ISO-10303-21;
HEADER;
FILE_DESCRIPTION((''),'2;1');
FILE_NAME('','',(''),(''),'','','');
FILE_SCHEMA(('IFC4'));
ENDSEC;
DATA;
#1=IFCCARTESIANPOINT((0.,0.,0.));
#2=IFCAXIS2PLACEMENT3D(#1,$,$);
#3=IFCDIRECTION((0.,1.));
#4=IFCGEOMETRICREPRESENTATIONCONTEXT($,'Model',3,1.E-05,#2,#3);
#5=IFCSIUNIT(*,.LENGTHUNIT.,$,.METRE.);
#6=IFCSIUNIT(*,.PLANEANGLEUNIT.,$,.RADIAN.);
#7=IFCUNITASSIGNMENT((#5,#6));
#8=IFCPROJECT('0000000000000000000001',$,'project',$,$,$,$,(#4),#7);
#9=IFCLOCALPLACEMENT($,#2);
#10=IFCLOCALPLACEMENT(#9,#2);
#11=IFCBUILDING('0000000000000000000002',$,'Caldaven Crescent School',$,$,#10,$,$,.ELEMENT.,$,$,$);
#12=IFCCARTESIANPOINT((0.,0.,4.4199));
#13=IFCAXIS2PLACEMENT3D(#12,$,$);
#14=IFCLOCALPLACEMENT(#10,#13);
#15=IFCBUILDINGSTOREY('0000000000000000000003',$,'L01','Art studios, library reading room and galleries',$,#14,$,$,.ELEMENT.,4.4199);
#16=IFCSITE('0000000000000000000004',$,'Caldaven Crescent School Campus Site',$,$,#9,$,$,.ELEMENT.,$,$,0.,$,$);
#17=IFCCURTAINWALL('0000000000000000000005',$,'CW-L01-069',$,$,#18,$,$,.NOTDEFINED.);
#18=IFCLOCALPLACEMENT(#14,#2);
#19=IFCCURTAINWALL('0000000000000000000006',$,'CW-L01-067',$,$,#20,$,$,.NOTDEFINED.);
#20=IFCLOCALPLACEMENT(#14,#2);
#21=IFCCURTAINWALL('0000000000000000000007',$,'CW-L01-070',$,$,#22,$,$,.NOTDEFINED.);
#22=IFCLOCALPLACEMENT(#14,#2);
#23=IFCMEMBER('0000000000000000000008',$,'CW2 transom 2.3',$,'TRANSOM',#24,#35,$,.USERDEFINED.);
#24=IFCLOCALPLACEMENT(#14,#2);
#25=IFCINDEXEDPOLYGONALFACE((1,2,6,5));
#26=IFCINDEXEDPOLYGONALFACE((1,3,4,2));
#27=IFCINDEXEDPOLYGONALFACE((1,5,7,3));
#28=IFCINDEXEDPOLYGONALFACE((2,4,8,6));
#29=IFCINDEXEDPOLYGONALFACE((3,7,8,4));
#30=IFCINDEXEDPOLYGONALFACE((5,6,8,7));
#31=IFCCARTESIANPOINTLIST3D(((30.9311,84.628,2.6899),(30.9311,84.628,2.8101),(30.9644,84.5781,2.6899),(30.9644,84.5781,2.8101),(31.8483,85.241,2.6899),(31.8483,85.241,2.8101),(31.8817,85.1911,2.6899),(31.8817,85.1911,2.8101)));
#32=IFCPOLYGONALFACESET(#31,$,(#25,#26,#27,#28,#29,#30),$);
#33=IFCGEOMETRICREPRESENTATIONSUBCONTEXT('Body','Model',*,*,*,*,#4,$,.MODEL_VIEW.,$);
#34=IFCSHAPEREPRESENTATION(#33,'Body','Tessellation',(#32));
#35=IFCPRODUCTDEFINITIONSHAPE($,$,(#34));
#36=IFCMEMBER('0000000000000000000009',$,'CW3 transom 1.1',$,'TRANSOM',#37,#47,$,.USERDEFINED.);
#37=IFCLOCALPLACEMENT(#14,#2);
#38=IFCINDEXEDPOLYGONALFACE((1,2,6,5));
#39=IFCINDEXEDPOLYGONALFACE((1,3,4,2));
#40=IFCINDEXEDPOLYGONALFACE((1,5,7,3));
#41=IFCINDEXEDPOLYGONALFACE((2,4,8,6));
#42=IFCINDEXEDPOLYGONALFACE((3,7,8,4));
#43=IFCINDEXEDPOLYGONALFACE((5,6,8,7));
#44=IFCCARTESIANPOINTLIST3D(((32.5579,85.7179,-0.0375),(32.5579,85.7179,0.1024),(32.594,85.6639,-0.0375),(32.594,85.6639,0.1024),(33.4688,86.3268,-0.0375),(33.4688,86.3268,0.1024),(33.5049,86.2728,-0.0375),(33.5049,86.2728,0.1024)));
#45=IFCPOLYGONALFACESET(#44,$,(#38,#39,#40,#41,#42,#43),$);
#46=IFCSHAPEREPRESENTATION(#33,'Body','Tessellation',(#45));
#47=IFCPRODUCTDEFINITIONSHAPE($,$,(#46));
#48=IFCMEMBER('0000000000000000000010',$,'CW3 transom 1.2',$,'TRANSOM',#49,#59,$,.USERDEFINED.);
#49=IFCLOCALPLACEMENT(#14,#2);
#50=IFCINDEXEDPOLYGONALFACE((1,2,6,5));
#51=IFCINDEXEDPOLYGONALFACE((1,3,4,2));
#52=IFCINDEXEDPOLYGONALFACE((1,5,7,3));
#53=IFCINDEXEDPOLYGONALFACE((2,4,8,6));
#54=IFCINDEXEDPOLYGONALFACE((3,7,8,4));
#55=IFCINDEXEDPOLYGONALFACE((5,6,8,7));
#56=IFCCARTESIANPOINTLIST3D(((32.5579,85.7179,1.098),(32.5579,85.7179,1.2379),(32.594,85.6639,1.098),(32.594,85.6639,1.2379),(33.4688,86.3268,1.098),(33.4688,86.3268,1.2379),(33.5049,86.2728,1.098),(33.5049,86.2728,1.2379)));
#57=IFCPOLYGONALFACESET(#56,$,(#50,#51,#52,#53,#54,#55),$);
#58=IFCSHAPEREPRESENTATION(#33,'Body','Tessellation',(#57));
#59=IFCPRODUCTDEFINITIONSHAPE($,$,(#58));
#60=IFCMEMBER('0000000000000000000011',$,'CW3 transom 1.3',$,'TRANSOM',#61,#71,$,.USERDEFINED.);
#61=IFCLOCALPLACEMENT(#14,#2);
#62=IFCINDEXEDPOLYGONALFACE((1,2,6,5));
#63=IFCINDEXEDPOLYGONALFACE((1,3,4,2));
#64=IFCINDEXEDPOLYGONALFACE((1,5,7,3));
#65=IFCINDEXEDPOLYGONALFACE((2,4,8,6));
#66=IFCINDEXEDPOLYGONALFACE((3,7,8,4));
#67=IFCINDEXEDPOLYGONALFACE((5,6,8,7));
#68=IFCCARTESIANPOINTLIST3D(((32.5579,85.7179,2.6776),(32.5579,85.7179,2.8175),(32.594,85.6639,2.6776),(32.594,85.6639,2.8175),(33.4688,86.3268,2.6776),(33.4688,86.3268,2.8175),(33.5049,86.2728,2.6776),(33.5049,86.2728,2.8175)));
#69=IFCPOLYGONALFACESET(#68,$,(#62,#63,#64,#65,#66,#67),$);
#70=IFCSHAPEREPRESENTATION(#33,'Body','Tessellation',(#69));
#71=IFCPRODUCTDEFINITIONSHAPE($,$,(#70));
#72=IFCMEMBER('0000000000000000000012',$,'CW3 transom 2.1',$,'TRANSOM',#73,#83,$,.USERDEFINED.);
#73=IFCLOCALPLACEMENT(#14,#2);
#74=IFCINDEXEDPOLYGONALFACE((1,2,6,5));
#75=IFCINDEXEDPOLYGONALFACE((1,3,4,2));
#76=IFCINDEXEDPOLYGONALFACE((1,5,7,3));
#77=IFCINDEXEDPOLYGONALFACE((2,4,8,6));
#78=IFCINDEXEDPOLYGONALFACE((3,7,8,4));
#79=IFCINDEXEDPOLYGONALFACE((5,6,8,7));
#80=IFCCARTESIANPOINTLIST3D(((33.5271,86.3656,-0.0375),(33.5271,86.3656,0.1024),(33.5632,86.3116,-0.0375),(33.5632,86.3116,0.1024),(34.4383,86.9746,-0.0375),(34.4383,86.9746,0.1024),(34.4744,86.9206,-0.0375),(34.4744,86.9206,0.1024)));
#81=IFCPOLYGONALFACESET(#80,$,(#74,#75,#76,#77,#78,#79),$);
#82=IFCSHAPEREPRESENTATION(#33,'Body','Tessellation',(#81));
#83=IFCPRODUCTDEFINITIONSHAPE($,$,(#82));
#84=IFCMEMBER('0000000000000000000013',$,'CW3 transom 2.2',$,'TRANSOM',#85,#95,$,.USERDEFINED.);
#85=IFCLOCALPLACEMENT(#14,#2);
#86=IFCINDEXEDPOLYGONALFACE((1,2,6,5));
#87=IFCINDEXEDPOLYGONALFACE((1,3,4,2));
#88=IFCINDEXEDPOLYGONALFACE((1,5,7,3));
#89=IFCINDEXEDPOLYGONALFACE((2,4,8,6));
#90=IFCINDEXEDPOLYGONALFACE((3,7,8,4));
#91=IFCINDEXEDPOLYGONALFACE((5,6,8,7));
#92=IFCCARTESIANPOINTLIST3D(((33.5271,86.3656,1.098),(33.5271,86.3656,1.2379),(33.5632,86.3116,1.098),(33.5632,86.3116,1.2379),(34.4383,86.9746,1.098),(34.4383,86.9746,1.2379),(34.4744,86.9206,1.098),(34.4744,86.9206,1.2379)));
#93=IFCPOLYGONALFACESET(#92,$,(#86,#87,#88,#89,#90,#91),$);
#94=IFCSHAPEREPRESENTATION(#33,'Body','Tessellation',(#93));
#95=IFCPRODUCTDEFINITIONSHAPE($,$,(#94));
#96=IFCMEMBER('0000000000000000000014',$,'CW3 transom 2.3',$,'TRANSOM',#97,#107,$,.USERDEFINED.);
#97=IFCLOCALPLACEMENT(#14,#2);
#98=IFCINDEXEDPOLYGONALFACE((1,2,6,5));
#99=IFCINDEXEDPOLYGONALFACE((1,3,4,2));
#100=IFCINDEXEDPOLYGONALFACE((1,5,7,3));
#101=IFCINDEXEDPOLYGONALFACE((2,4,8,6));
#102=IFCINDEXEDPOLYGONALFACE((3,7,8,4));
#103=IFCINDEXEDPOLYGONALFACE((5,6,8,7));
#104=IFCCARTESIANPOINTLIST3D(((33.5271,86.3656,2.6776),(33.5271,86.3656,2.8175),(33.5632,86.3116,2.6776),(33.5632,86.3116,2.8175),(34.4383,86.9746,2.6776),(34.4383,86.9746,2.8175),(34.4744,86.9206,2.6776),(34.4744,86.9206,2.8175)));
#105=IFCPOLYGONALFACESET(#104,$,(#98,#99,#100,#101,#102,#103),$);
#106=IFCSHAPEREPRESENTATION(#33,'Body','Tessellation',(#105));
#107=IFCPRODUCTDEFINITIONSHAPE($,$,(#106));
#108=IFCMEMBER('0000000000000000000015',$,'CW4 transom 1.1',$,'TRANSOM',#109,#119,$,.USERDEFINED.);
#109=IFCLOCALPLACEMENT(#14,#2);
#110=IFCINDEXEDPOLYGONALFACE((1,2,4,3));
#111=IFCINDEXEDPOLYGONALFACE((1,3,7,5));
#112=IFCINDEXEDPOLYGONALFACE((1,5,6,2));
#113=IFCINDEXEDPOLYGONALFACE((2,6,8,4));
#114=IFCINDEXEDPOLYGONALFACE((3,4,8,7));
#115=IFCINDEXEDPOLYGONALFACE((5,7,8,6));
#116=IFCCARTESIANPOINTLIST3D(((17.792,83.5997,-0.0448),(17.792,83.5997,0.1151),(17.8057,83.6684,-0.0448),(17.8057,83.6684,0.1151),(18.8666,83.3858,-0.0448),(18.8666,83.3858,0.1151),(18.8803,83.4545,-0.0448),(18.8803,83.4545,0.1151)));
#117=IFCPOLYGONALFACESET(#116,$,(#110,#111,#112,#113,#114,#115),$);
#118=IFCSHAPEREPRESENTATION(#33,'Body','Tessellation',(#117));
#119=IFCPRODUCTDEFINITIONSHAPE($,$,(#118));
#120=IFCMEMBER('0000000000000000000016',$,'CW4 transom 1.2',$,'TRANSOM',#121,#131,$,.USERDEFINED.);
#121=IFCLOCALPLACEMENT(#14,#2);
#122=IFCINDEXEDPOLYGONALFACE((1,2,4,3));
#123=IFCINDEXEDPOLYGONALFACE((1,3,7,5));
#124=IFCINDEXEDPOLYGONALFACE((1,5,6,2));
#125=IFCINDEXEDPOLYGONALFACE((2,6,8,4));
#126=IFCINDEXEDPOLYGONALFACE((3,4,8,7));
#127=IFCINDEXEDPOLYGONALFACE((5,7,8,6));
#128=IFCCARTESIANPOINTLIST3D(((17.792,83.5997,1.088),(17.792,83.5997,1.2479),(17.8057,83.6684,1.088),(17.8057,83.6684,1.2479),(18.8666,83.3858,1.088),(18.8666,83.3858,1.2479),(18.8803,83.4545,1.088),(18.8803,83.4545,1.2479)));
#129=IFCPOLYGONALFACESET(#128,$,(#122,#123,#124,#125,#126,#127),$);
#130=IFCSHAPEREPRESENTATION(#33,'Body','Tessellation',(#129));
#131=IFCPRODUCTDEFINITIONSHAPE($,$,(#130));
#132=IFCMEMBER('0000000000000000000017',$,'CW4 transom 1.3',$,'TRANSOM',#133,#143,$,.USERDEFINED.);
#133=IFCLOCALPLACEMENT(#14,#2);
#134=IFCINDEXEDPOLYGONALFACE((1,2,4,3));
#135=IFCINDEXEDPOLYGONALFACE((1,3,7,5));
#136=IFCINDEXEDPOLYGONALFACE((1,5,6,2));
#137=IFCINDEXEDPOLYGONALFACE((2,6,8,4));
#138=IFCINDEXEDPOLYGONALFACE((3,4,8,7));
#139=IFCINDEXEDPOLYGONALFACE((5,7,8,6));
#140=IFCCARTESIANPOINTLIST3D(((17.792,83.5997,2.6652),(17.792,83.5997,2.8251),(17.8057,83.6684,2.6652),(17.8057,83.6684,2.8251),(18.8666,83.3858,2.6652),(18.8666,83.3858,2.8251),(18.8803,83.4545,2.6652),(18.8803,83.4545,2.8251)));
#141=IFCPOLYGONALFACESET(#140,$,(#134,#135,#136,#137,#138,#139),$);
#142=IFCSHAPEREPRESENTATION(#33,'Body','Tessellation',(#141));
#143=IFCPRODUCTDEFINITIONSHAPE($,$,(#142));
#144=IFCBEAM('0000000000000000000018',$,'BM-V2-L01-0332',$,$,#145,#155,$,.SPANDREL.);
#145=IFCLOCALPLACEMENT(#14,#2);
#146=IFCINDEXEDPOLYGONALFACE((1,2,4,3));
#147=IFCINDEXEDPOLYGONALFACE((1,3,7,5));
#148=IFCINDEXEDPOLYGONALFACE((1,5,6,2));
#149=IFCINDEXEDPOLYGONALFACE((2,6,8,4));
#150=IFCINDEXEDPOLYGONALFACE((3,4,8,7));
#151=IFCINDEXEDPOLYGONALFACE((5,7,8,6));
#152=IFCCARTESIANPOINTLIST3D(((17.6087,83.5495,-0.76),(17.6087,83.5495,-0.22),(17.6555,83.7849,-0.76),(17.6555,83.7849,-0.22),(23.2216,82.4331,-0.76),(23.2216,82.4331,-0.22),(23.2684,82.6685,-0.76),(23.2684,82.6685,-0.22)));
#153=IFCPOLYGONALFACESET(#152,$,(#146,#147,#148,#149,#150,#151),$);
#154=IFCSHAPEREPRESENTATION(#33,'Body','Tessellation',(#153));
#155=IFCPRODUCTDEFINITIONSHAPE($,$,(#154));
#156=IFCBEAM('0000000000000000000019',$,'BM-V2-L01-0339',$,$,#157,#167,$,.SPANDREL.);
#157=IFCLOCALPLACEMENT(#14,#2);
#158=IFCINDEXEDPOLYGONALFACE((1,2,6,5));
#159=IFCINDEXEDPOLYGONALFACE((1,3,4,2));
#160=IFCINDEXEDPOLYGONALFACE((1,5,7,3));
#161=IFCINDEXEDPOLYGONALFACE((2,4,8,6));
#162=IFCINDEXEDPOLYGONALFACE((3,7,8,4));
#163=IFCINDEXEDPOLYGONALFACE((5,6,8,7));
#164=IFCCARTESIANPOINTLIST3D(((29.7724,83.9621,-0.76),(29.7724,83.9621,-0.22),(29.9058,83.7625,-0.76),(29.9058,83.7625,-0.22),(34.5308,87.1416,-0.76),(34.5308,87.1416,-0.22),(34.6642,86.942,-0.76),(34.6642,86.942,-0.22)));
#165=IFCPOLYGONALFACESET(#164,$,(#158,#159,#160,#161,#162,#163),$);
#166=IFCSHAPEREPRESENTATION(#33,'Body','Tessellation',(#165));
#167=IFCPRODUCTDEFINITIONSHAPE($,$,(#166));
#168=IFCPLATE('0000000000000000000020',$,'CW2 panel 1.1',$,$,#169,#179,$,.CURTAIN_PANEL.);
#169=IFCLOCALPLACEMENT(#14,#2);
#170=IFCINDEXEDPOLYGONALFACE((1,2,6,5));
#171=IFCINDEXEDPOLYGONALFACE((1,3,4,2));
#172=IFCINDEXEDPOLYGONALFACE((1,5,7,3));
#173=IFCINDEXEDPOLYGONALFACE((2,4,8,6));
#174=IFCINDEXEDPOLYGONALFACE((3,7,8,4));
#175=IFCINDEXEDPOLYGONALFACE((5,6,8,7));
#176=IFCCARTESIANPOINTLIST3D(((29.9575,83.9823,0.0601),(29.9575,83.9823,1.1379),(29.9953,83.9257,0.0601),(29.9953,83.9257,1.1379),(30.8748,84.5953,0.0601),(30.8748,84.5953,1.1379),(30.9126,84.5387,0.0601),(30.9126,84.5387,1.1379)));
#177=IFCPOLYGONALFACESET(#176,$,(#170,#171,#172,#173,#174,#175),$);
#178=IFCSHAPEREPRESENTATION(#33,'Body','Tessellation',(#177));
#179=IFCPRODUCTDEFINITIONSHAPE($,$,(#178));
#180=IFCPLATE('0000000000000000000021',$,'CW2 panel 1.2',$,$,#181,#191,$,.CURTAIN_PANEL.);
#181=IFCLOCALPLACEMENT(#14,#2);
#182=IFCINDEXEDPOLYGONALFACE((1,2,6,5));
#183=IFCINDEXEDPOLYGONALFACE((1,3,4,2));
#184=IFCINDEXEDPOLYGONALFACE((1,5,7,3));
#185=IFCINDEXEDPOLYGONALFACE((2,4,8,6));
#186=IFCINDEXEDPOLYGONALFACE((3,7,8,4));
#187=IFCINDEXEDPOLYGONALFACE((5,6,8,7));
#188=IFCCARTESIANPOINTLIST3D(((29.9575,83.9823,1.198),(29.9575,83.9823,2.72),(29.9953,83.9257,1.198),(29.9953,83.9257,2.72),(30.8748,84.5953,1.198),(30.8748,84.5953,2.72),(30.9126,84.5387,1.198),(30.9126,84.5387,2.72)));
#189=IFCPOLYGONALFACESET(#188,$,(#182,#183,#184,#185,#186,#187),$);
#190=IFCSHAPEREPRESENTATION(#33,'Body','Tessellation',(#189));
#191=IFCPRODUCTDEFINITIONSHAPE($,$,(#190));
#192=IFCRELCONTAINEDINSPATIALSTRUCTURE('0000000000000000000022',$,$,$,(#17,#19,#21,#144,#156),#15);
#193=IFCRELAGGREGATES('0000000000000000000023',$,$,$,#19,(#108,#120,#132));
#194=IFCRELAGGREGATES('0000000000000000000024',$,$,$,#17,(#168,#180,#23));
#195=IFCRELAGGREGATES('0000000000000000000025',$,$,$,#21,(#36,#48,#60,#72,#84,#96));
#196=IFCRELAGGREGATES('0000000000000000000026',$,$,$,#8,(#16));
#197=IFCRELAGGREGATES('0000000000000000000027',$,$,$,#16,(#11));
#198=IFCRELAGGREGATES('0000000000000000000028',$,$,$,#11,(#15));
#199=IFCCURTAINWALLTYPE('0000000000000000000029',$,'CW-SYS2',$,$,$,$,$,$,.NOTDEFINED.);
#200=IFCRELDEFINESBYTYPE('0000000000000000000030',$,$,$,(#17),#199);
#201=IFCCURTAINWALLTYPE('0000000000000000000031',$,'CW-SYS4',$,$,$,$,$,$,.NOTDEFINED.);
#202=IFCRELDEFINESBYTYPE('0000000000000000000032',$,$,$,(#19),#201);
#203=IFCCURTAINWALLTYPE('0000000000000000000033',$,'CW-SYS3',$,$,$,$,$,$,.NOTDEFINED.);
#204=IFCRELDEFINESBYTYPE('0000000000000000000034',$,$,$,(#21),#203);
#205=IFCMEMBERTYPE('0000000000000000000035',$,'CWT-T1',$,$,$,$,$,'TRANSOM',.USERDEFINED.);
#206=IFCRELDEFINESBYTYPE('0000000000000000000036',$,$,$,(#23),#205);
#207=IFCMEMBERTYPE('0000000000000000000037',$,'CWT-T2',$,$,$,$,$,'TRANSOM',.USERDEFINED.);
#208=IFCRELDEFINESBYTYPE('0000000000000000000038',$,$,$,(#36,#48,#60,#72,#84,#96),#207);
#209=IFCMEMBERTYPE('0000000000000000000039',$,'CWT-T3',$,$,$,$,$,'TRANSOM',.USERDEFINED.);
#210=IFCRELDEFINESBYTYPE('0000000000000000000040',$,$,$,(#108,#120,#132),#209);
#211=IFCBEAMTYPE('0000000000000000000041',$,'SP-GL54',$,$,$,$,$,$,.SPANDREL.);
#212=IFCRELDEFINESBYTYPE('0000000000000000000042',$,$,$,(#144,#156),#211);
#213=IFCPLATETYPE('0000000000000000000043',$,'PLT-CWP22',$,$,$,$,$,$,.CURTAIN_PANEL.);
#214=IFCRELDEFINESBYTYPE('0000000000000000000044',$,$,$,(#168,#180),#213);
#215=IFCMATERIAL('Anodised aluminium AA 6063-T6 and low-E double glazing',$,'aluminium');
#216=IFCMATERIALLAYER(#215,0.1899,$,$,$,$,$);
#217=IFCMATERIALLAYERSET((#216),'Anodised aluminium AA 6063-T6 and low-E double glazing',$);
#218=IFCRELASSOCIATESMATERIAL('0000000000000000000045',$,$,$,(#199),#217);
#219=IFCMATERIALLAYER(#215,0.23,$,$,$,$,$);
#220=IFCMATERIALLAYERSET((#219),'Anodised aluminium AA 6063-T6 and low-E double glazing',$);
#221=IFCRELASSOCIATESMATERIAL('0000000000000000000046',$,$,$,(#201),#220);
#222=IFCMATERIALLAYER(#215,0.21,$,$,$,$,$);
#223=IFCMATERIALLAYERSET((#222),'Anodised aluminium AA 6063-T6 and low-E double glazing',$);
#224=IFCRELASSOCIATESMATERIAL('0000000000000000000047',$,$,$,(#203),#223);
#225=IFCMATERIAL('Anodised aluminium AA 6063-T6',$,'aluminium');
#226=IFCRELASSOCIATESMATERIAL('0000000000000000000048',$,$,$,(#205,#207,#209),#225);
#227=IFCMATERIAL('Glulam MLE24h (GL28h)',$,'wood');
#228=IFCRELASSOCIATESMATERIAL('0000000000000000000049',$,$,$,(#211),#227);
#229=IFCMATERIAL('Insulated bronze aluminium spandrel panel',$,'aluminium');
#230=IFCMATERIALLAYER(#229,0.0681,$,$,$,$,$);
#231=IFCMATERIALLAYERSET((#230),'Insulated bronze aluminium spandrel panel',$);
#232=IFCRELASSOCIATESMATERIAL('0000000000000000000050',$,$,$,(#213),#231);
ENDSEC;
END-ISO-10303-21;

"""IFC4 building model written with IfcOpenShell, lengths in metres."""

from ifc_helpers import new_model, si_unit, direction, frame, origin, origin_2d, place, context, subcontext, project, spatial, rectangle, extrude, material, layer, layer_set, material_profile, profile_set, type_object, element, aggregate, save


model = new_model("IFC4")

# Units and contexts
model_context = context("Model", 3, precision=1e-05, world=origin(), true_north=direction((0.0, 1.0)))
body_context = subcontext(model_context, "Body", "Model", "MODEL_VIEW")
ifc_project = project(units=[si_unit("LENGTHUNIT", "METRE"), si_unit("PLANEANGLEUNIT", "RADIAN")], contexts=[model_context])

# Site, building, storey
site_placement = place(None, origin())
site = spatial("IfcSite", under=ifc_project, at=site_placement, Name="Caldaven Crescent School Campus Site", CompositionType="ELEMENT", RefElevation=0.0)
building_placement = place(site_placement, origin())
building = spatial("IfcBuilding", under=site, at=building_placement, Name="Caldaven Crescent School", CompositionType="ELEMENT")
storey_placement = place(building_placement, frame((0.0, 0.0, 4.4199)))
storey = spatial("IfcBuildingStorey", under=building, at=storey_placement, Name="L01", Description="Art studios, library reading room and galleries", CompositionType="ELEMENT", Elevation=4.4199)

# Curtain wall
ifc_material_1 = material(Name="Anodised aluminium AA 6063-T6 and low-E double glazing", Category="aluminium")
ifc_layer_1 = layer(ifc_material_1, 0.1899)
ifc_layer_set_1 = layer_set([ifc_layer_1], Name="Anodised aluminium AA 6063-T6 and low-E double glazing")
curtain_wall_type_1 = type_object("IfcCurtainWallType", Name="CW-SYS2", PredefinedType="NOTDEFINED", material=ifc_layer_set_1)
curtain_wall_1_placement = place(storey_placement, origin())
curtain_wall_1 = element("IfcCurtainWall", 1, at=curtain_wall_1_placement, inside=storey, type_object=curtain_wall_type_1, Name="CW-L01-069", PredefinedType="NOTDEFINED")
ifc_material_2 = material(Name="Anodised aluminium AA 6063-T6", Category="aluminium")

# Curtain wall
ifc_layer_2 = layer(ifc_material_1, 0.23)
ifc_layer_set_2 = layer_set([ifc_layer_2], Name="Anodised aluminium AA 6063-T6 and low-E double glazing")
curtain_wall_type_2 = type_object("IfcCurtainWallType", Name="CW-SYS4", PredefinedType="NOTDEFINED", material=ifc_layer_set_2)
curtain_wall_2_placement = place(storey_placement, origin())
curtain_wall_2 = element("IfcCurtainWall", 2, at=curtain_wall_2_placement, inside=storey, type_object=curtain_wall_type_2, Name="CW-L01-067", PredefinedType="NOTDEFINED")

# Curtain wall
ifc_layer_3 = layer(ifc_material_1, 0.21)
ifc_layer_set_3 = layer_set([ifc_layer_3], Name="Anodised aluminium AA 6063-T6 and low-E double glazing")
curtain_wall_type_3 = type_object("IfcCurtainWallType", Name="CW-SYS3", PredefinedType="NOTDEFINED", material=ifc_layer_set_3)
curtain_wall_3_placement = place(storey_placement, origin())
curtain_wall_3 = element("IfcCurtainWall", 3, at=curtain_wall_3_placement, inside=storey, type_object=curtain_wall_type_3, Name="CW-L01-070", PredefinedType="NOTDEFINED")

# Members
ifc_material_profile_1 = material_profile(ifc_material_2, rectangle(XDim=0.0601, YDim=0.1201, at=origin_2d()), Name="CWT 60x120")
ifc_profile_set_1 = profile_set([ifc_material_profile_1], Name="Anodised aluminium AA 6063-T6")
member_type_1 = type_object("IfcMemberType", Name="CWT-T1", ElementType="TRANSOM", PredefinedType="USERDEFINED", material=ifc_profile_set_1)
member_1_placement = place(storey_placement, frame((30.9478, 84.603, 2.75), z_axis=(0.831403, 0.55567, 0.0), x_axis=(-0.55567, 0.831403, 0.0)))
member_1 = element("IfcMember", 4, at=member_1_placement, type_object=member_type_1, Name="CW2 transom 2.3", ObjectType="TRANSOM", PredefinedType="USERDEFINED", context=body_context, shape_type="SweptSolid", body=[
    extrude(rectangle(XDim=0.0601, YDim=0.1201, at=origin_2d()), origin(), (0.0, 0.0, 1.0), 1.1033),
])
ifc_material_profile_2 = material_profile(ifc_material_2, rectangle(XDim=0.0649, YDim=0.1399, at=origin_2d()), Name="CWT 65x140")
ifc_profile_set_2 = profile_set([ifc_material_profile_2], Name="Anodised aluminium AA 6063-T6")
member_type_2 = type_object("IfcMemberType", Name="CWT-T2", ElementType="TRANSOM", PredefinedType="USERDEFINED", material=ifc_profile_set_2)
member_2_placement = place(storey_placement, frame((32.5759, 85.6909, 0.0325), z_axis=(0.831364, 0.555728, 0.0), x_axis=(-0.555728, 0.831364, 0.0)))
member_2 = element("IfcMember", 5, at=member_2_placement, type_object=member_type_2, Name="CW3 transom 1.1", ObjectType="TRANSOM", PredefinedType="USERDEFINED", context=body_context, shape_type="SweptSolid", body=[
    extrude(rectangle(XDim=0.0649, YDim=0.1399, at=origin_2d()), origin(), (0.0, 0.0, 1.0), 1.0957),
])
member_3_placement = place(storey_placement, frame((32.5759, 85.6909, 1.168), z_axis=(0.831364, 0.555728, 0.0), x_axis=(-0.555728, 0.831364, 0.0)))
member_3 = element("IfcMember", 6, at=member_3_placement, type_object=member_type_2, Name="CW3 transom 1.2", ObjectType="TRANSOM", PredefinedType="USERDEFINED", context=body_context, shape_type="SweptSolid", body=[
    extrude(rectangle(XDim=0.0649, YDim=0.1399, at=origin_2d()), origin(), (0.0, 0.0, 1.0), 1.0957),
])
member_4_placement = place(storey_placement, frame((32.5759, 85.6909, 2.7476), z_axis=(0.831364, 0.555728, 0.0), x_axis=(-0.555728, 0.831364, 0.0)))
member_4 = element("IfcMember", 7, at=member_4_placement, type_object=member_type_2, Name="CW3 transom 1.3", ObjectType="TRANSOM", PredefinedType="USERDEFINED", context=body_context, shape_type="SweptSolid", body=[
    extrude(rectangle(XDim=0.0649, YDim=0.1399, at=origin_2d()), origin(), (0.0, 0.0, 1.0), 1.0957),
])
member_5_placement = place(storey_placement, frame((33.5452, 86.3386, 0.0325), z_axis=(0.831433, 0.555625, 0.0), x_axis=(-0.555625, 0.831433, 0.0)))
member_5 = element("IfcMember", 8, at=member_5_placement, type_object=member_type_2, Name="CW3 transom 2.1", ObjectType="TRANSOM", PredefinedType="USERDEFINED", context=body_context, shape_type="SweptSolid", body=[
    extrude(rectangle(XDim=0.0649, YDim=0.1399, at=origin_2d()), origin(), (0.0, 0.0, 1.0), 1.0959),
])
member_6_placement = place(storey_placement, frame((33.5452, 86.3386, 1.168), z_axis=(0.831433, 0.555625, 0.0), x_axis=(-0.555625, 0.831433, 0.0)))
member_6 = element("IfcMember", 9, at=member_6_placement, type_object=member_type_2, Name="CW3 transom 2.2", ObjectType="TRANSOM", PredefinedType="USERDEFINED", context=body_context, shape_type="SweptSolid", body=[
    extrude(rectangle(XDim=0.0649, YDim=0.1399, at=origin_2d()), origin(), (0.0, 0.0, 1.0), 1.0959),
])
member_7_placement = place(storey_placement, frame((33.5452, 86.3386, 2.7476), z_axis=(0.831433, 0.555625, 0.0), x_axis=(-0.555625, 0.831433, 0.0)))
member_7 = element("IfcMember", 10, at=member_7_placement, type_object=member_type_2, Name="CW3 transom 2.3", ObjectType="TRANSOM", PredefinedType="USERDEFINED", context=body_context, shape_type="SweptSolid", body=[
    extrude(rectangle(XDim=0.0649, YDim=0.1399, at=origin_2d()), origin(), (0.0, 0.0, 1.0), 1.0959),
])
ifc_material_profile_3 = material_profile(ifc_material_2, rectangle(XDim=0.0701, YDim=0.1599, at=origin_2d()), Name="CWT 70x160")
ifc_profile_set_3 = profile_set([ifc_material_profile_3], Name="Anodised aluminium AA 6063-T6")
member_type_3 = type_object("IfcMemberType", Name="CWT-T3", ElementType="TRANSOM", PredefinedType="USERDEFINED", material=ifc_profile_set_3)
member_8_placement = place(storey_placement, frame((17.7988, 83.634, 0.0352), z_axis=(0.980769, -0.195173, 0.0), x_axis=(0.195173, 0.980769, 0.0)))
member_8 = element("IfcMember", 11, at=member_8_placement, type_object=member_type_3, Name="CW4 transom 1.1", ObjectType="TRANSOM", PredefinedType="USERDEFINED", context=body_context, shape_type="SweptSolid", body=[
    extrude(rectangle(XDim=0.0701, YDim=0.1599, at=origin_2d()), origin(), (0.0, 0.0, 1.0), 1.0957),
])
member_9_placement = place(storey_placement, frame((17.7988, 83.634, 1.168), z_axis=(0.980769, -0.195173, 0.0), x_axis=(0.195173, 0.980769, 0.0)))
member_9 = element("IfcMember", 12, at=member_9_placement, type_object=member_type_3, Name="CW4 transom 1.2", ObjectType="TRANSOM", PredefinedType="USERDEFINED", context=body_context, shape_type="SweptSolid", body=[
    extrude(rectangle(XDim=0.0701, YDim=0.1599, at=origin_2d()), origin(), (0.0, 0.0, 1.0), 1.0957),
])
member_10_placement = place(storey_placement, frame((17.7988, 83.634, 2.7451), z_axis=(0.980769, -0.195173, 0.0), x_axis=(0.195173, 0.980769, 0.0)))
member_10 = element("IfcMember", 13, at=member_10_placement, type_object=member_type_3, Name="CW4 transom 1.3", ObjectType="TRANSOM", PredefinedType="USERDEFINED", context=body_context, shape_type="SweptSolid", body=[
    extrude(rectangle(XDim=0.0701, YDim=0.1599, at=origin_2d()), origin(), (0.0, 0.0, 1.0), 1.0957),
])
aggregate(curtain_wall_2, [member_8, member_9, member_10])

# Beams
ifc_material_3 = material(Name="Glulam MLE24h (GL28h)", Category="wood")
ifc_material_profile_4 = material_profile(ifc_material_3, rectangle(XDim=0.24, YDim=0.54, at=origin_2d()), Name="MLE 240x540")
ifc_profile_set_4 = profile_set([ifc_material_profile_4], Name="Glulam MLE24h (GL28h)")
beam_type = type_object("IfcBeamType", Name="SP-GL54", PredefinedType="SPANDREL", material=ifc_profile_set_4)
for number, where, z_axis, x_axis, name in (
    (14, (17.6321, 83.6672, -0.49), (0.980787, -0.195082, 0.0), (0.195082, 0.980787, 0.0), "BM-V2-L01-0332"),
    (15, (29.8391, 83.8623, -0.49), (0.831466, 0.555576, 0.0), (-0.555576, 0.831466, 0.0), "BM-V2-L01-0339"),
):
    element("IfcBeam", number, at=place(storey_placement, frame(where, z_axis=z_axis, x_axis=x_axis)), inside=storey, type_object=beam_type, Name=name, PredefinedType="SPANDREL", context=body_context, shape_type="SweptSolid", body=[
        extrude(rectangle(XDim=0.24, YDim=0.54, at=origin_2d()), origin(), (0.0, 0.0, 1.0), 5.7229),
    ])

# Plates
ifc_material_4 = material(Name="Insulated bronze aluminium spandrel panel", Category="aluminium")
ifc_layer_4 = layer(ifc_material_4, 0.0681)
ifc_layer_set_4 = layer_set([ifc_layer_4], Name="Insulated bronze aluminium spandrel panel")
plate_type_1 = type_object("IfcPlateType", Name="PLT-CWP22", PredefinedType="CURTAIN_PANEL", material=ifc_layer_set_4)
plate_1_placement = place(storey_placement, frame((30.4351, 84.2605, 0.0601), z_axis=(0.0, 0.0, 1.0), x_axis=(0.83147, 0.55557, 0.0)))
plate_1 = element("IfcPlate", 16, at=plate_1_placement, type_object=plate_type_1, Name="CW2 panel 1.1", PredefinedType="CURTAIN_PANEL", context=body_context, shape_type="SweptSolid", body=[
    extrude(rectangle(XDim=1.1033, YDim=0.0681, at=origin_2d()), origin(), (0.0, 0.0, 1.0), 1.0779),
])
plate_2_placement = place(storey_placement, frame((30.4351, 84.2605, 1.198), z_axis=(0.0, 0.0, 1.0), x_axis=(0.83147, 0.55557, 0.0)))
plate_2 = element("IfcPlate", 17, at=plate_2_placement, type_object=plate_type_1, Name="CW2 panel 1.2", PredefinedType="CURTAIN_PANEL", context=body_context, shape_type="SweptSolid", body=[
    extrude(rectangle(XDim=1.1033, YDim=0.0681, at=origin_2d()), origin(), (0.0, 0.0, 1.0), 1.522),
])
aggregate(curtain_wall_1, [plate_1, plate_2, member_1])
aggregate(curtain_wall_3, [member_2, member_3, member_4, member_5, member_6, member_7])

save(model, "model.ifc")
